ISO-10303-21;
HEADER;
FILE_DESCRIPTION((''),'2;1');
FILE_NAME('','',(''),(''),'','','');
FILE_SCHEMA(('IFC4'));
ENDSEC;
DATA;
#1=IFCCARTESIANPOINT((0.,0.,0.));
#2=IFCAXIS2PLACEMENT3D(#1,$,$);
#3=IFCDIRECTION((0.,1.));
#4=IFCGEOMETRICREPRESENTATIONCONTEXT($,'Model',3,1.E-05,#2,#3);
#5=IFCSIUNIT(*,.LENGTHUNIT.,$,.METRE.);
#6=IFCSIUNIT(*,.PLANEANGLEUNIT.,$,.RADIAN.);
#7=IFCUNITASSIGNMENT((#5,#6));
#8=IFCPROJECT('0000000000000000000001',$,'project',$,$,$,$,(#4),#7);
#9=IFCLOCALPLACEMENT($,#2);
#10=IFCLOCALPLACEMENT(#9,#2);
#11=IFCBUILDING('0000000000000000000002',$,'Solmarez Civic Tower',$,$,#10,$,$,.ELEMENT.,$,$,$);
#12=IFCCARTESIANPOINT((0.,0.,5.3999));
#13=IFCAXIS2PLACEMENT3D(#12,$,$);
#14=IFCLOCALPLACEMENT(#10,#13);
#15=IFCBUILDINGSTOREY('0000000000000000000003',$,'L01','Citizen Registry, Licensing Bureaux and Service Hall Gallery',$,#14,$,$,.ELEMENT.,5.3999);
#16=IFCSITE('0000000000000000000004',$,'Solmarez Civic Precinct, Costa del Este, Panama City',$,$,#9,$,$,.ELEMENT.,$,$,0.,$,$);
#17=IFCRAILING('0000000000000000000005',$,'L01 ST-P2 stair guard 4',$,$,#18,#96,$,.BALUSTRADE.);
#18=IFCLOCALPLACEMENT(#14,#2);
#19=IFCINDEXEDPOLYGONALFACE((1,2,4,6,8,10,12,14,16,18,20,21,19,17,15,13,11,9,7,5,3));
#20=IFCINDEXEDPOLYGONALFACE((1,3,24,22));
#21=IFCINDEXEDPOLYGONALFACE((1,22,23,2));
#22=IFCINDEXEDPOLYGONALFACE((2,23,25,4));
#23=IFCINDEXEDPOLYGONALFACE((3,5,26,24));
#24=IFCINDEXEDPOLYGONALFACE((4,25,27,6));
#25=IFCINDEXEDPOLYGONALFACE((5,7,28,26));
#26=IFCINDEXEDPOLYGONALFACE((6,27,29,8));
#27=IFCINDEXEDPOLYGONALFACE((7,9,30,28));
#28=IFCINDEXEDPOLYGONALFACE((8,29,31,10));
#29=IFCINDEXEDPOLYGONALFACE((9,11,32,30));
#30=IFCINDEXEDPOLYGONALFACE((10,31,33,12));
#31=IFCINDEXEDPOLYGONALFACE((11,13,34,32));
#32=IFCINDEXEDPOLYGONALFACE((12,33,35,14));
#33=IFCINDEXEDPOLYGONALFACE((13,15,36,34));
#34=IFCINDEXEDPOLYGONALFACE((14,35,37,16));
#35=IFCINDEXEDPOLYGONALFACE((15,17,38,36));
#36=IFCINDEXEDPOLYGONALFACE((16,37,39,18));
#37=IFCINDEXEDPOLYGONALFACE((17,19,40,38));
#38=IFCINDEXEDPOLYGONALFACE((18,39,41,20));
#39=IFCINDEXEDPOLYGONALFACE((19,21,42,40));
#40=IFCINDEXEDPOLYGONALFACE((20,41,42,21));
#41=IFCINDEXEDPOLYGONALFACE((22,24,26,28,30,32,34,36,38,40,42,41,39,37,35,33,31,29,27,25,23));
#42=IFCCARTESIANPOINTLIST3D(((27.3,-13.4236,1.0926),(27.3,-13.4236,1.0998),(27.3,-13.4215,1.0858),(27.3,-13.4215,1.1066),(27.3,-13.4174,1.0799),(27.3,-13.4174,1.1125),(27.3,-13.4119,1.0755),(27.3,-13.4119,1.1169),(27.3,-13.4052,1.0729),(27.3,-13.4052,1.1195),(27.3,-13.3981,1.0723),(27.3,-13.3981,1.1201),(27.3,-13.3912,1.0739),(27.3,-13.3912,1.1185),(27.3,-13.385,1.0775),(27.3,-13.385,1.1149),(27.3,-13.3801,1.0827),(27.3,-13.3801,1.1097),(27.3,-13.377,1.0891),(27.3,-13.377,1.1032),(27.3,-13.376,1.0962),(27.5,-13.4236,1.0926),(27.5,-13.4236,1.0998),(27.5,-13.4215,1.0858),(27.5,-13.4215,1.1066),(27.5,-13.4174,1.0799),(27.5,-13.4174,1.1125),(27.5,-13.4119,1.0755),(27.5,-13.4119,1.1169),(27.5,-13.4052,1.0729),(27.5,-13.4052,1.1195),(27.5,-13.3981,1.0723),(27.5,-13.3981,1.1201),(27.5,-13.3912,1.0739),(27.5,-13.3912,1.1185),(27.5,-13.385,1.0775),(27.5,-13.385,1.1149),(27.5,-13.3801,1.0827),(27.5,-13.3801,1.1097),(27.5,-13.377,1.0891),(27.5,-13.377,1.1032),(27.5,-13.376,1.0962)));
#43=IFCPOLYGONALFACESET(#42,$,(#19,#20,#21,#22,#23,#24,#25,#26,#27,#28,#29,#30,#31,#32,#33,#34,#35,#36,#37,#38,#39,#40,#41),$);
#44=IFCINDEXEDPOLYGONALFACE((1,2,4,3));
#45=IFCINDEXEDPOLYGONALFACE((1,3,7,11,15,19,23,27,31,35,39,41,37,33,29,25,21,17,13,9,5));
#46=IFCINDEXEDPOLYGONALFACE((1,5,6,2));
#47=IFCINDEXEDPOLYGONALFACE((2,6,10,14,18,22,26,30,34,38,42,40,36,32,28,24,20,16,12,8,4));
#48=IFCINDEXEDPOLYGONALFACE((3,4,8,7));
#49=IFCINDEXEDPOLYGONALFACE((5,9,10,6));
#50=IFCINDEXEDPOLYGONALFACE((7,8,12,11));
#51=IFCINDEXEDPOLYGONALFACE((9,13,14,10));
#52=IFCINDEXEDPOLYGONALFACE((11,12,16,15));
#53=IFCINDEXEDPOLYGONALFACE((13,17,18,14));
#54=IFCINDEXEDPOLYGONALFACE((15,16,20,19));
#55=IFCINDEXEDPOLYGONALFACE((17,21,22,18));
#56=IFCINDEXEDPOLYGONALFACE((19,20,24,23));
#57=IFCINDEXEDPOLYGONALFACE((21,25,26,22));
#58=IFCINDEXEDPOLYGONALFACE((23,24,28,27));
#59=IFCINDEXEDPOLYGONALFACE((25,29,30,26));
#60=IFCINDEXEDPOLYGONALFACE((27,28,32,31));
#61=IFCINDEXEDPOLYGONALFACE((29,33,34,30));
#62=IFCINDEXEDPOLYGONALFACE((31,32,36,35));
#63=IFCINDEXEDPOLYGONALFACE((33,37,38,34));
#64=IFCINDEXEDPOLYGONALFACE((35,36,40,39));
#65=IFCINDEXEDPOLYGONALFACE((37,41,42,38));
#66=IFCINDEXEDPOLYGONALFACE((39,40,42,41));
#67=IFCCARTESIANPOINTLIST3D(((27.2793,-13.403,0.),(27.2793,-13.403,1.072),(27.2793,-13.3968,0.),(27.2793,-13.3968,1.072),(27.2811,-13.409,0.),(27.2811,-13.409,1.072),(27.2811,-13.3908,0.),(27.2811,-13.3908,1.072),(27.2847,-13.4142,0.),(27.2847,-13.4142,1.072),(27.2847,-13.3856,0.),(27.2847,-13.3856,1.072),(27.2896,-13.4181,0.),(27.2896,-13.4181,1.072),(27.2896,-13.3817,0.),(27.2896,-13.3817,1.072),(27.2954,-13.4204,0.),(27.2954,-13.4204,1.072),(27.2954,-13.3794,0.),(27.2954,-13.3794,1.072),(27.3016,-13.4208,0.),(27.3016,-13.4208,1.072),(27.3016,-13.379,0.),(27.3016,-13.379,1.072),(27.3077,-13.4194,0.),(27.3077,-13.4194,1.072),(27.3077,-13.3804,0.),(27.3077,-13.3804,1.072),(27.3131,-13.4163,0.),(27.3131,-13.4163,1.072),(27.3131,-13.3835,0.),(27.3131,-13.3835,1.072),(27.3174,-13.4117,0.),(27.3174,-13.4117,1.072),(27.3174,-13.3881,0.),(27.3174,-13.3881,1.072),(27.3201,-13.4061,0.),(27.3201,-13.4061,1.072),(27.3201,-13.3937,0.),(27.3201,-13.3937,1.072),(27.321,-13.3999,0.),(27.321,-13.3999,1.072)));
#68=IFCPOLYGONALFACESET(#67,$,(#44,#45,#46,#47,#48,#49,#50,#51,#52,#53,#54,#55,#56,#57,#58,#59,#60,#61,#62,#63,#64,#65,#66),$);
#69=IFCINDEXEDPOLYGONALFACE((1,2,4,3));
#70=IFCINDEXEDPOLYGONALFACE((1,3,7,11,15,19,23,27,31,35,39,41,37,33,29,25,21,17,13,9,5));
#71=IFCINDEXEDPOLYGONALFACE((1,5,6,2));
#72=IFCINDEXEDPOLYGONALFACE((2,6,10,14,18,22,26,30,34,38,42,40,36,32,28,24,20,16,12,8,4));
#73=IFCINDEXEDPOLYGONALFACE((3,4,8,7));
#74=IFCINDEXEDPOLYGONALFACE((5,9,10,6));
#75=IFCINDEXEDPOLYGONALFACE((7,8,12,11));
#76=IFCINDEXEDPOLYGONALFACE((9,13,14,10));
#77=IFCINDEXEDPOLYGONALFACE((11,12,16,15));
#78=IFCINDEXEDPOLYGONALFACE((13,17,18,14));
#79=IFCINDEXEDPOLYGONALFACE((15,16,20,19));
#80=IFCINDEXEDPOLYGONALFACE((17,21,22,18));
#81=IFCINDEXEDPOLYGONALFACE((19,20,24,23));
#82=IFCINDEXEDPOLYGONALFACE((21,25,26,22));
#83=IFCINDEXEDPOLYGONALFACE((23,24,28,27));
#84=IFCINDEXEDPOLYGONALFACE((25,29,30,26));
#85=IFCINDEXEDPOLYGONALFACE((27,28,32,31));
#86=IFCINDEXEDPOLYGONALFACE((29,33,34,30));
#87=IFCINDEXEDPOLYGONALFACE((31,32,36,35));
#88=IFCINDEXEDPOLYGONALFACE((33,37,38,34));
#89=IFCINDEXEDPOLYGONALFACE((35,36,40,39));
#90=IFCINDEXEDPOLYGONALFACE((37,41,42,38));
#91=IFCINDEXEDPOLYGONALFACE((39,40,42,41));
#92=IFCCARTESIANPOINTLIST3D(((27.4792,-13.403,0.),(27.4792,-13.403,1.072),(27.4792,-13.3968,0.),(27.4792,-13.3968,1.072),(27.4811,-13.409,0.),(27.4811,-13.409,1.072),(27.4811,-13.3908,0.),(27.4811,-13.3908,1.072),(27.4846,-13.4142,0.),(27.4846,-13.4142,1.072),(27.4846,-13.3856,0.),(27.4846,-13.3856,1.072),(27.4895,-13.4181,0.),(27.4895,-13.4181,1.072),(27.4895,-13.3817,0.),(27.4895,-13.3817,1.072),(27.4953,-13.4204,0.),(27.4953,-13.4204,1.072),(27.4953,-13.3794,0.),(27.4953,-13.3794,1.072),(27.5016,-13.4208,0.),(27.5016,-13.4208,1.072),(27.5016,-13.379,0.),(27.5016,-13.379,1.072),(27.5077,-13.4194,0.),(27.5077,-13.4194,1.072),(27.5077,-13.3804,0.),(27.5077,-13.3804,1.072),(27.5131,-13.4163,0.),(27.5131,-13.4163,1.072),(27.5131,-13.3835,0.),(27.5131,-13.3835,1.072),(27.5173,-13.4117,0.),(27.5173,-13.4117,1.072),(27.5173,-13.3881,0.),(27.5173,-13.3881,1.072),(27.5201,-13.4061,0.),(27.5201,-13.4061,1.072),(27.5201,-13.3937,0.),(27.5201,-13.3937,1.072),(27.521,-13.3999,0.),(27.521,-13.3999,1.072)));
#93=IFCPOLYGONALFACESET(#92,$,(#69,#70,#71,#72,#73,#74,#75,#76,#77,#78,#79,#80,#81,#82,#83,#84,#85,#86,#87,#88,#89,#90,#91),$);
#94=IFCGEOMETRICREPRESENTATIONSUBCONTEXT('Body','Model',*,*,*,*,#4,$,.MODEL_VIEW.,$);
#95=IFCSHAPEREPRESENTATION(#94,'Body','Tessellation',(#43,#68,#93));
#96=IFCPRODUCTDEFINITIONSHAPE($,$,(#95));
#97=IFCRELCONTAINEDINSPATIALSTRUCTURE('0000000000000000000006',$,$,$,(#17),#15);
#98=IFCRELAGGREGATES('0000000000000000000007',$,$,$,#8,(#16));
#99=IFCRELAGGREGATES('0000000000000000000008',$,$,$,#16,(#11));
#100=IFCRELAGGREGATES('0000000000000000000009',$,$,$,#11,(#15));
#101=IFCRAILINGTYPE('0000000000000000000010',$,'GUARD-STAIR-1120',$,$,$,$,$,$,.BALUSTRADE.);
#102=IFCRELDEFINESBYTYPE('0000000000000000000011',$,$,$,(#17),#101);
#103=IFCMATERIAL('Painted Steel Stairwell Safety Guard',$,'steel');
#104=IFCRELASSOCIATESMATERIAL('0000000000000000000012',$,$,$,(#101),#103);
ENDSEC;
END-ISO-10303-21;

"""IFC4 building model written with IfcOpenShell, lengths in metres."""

from ifc_helpers import new_model, si_unit, direction, frame, origin, origin_2d, place, context, subcontext, project, spatial, circle, extrude, material, type_object, element, save


model = new_model("IFC4")

# Units and contexts
model_context = context("Model", 3, precision=1e-05, world=origin(), true_north=direction((0.0, 1.0)))
body_context = subcontext(model_context, "Body", "Model", "MODEL_VIEW")
ifc_project = project(units=[si_unit("LENGTHUNIT", "METRE"), si_unit("PLANEANGLEUNIT", "RADIAN")], contexts=[model_context])

# Site, building, storey
site_placement = place(None, origin())
site = spatial("IfcSite", under=ifc_project, at=site_placement, Name="Solmarez Civic Precinct, Costa del Este, Panama City", CompositionType="ELEMENT", RefElevation=0.0)
building_placement = place(site_placement, origin())
building = spatial("IfcBuilding", under=site, at=building_placement, Name="Solmarez Civic Tower", CompositionType="ELEMENT")
storey_placement = place(building_placement, frame((0.0, 0.0, 5.3999)))
storey = spatial("IfcBuildingStorey", under=building, at=storey_placement, Name="L01", Description="Citizen Registry, Licensing Bureaux and Service Hall Gallery", CompositionType="ELEMENT", Elevation=5.3999)

# Railing
ifc_material_1 = material(Name="Painted Steel Stairwell Safety Guard", Category="steel")
railing_type_1 = type_object("IfcRailingType", Name="GUARD-STAIR-1120", PredefinedType="BALUSTRADE", material=ifc_material_1)
railing_1_placement = place(storey_placement, frame((27.3, -13.3999, 0.0)))
element("IfcRailing", 1, at=railing_1_placement, inside=storey, type_object=railing_type_1, Name="L01 ST-P2 stair guard 4", PredefinedType="BALUSTRADE", context=body_context, shape_type="SweptSolid", body=[
    extrude(circle(Radius=0.0239, at=origin_2d()), frame((0.0, 0.0, 1.0962), z_axis=(1.0, 0.0, 0.0), x_axis=(0.0, 1.0, 0.0)), (0.0, 0.0, 1.0), 0.2),
    extrude(circle(Radius=0.021, at=origin_2d()), origin(), (0.0, 0.0, 1.0), 1.072),
    extrude(circle(Radius=0.021, at=origin_2d()), frame((0.2, 0.0, 0.0)), (0.0, 0.0, 1.0), 1.072),
])

save(model, "model.ifc")
